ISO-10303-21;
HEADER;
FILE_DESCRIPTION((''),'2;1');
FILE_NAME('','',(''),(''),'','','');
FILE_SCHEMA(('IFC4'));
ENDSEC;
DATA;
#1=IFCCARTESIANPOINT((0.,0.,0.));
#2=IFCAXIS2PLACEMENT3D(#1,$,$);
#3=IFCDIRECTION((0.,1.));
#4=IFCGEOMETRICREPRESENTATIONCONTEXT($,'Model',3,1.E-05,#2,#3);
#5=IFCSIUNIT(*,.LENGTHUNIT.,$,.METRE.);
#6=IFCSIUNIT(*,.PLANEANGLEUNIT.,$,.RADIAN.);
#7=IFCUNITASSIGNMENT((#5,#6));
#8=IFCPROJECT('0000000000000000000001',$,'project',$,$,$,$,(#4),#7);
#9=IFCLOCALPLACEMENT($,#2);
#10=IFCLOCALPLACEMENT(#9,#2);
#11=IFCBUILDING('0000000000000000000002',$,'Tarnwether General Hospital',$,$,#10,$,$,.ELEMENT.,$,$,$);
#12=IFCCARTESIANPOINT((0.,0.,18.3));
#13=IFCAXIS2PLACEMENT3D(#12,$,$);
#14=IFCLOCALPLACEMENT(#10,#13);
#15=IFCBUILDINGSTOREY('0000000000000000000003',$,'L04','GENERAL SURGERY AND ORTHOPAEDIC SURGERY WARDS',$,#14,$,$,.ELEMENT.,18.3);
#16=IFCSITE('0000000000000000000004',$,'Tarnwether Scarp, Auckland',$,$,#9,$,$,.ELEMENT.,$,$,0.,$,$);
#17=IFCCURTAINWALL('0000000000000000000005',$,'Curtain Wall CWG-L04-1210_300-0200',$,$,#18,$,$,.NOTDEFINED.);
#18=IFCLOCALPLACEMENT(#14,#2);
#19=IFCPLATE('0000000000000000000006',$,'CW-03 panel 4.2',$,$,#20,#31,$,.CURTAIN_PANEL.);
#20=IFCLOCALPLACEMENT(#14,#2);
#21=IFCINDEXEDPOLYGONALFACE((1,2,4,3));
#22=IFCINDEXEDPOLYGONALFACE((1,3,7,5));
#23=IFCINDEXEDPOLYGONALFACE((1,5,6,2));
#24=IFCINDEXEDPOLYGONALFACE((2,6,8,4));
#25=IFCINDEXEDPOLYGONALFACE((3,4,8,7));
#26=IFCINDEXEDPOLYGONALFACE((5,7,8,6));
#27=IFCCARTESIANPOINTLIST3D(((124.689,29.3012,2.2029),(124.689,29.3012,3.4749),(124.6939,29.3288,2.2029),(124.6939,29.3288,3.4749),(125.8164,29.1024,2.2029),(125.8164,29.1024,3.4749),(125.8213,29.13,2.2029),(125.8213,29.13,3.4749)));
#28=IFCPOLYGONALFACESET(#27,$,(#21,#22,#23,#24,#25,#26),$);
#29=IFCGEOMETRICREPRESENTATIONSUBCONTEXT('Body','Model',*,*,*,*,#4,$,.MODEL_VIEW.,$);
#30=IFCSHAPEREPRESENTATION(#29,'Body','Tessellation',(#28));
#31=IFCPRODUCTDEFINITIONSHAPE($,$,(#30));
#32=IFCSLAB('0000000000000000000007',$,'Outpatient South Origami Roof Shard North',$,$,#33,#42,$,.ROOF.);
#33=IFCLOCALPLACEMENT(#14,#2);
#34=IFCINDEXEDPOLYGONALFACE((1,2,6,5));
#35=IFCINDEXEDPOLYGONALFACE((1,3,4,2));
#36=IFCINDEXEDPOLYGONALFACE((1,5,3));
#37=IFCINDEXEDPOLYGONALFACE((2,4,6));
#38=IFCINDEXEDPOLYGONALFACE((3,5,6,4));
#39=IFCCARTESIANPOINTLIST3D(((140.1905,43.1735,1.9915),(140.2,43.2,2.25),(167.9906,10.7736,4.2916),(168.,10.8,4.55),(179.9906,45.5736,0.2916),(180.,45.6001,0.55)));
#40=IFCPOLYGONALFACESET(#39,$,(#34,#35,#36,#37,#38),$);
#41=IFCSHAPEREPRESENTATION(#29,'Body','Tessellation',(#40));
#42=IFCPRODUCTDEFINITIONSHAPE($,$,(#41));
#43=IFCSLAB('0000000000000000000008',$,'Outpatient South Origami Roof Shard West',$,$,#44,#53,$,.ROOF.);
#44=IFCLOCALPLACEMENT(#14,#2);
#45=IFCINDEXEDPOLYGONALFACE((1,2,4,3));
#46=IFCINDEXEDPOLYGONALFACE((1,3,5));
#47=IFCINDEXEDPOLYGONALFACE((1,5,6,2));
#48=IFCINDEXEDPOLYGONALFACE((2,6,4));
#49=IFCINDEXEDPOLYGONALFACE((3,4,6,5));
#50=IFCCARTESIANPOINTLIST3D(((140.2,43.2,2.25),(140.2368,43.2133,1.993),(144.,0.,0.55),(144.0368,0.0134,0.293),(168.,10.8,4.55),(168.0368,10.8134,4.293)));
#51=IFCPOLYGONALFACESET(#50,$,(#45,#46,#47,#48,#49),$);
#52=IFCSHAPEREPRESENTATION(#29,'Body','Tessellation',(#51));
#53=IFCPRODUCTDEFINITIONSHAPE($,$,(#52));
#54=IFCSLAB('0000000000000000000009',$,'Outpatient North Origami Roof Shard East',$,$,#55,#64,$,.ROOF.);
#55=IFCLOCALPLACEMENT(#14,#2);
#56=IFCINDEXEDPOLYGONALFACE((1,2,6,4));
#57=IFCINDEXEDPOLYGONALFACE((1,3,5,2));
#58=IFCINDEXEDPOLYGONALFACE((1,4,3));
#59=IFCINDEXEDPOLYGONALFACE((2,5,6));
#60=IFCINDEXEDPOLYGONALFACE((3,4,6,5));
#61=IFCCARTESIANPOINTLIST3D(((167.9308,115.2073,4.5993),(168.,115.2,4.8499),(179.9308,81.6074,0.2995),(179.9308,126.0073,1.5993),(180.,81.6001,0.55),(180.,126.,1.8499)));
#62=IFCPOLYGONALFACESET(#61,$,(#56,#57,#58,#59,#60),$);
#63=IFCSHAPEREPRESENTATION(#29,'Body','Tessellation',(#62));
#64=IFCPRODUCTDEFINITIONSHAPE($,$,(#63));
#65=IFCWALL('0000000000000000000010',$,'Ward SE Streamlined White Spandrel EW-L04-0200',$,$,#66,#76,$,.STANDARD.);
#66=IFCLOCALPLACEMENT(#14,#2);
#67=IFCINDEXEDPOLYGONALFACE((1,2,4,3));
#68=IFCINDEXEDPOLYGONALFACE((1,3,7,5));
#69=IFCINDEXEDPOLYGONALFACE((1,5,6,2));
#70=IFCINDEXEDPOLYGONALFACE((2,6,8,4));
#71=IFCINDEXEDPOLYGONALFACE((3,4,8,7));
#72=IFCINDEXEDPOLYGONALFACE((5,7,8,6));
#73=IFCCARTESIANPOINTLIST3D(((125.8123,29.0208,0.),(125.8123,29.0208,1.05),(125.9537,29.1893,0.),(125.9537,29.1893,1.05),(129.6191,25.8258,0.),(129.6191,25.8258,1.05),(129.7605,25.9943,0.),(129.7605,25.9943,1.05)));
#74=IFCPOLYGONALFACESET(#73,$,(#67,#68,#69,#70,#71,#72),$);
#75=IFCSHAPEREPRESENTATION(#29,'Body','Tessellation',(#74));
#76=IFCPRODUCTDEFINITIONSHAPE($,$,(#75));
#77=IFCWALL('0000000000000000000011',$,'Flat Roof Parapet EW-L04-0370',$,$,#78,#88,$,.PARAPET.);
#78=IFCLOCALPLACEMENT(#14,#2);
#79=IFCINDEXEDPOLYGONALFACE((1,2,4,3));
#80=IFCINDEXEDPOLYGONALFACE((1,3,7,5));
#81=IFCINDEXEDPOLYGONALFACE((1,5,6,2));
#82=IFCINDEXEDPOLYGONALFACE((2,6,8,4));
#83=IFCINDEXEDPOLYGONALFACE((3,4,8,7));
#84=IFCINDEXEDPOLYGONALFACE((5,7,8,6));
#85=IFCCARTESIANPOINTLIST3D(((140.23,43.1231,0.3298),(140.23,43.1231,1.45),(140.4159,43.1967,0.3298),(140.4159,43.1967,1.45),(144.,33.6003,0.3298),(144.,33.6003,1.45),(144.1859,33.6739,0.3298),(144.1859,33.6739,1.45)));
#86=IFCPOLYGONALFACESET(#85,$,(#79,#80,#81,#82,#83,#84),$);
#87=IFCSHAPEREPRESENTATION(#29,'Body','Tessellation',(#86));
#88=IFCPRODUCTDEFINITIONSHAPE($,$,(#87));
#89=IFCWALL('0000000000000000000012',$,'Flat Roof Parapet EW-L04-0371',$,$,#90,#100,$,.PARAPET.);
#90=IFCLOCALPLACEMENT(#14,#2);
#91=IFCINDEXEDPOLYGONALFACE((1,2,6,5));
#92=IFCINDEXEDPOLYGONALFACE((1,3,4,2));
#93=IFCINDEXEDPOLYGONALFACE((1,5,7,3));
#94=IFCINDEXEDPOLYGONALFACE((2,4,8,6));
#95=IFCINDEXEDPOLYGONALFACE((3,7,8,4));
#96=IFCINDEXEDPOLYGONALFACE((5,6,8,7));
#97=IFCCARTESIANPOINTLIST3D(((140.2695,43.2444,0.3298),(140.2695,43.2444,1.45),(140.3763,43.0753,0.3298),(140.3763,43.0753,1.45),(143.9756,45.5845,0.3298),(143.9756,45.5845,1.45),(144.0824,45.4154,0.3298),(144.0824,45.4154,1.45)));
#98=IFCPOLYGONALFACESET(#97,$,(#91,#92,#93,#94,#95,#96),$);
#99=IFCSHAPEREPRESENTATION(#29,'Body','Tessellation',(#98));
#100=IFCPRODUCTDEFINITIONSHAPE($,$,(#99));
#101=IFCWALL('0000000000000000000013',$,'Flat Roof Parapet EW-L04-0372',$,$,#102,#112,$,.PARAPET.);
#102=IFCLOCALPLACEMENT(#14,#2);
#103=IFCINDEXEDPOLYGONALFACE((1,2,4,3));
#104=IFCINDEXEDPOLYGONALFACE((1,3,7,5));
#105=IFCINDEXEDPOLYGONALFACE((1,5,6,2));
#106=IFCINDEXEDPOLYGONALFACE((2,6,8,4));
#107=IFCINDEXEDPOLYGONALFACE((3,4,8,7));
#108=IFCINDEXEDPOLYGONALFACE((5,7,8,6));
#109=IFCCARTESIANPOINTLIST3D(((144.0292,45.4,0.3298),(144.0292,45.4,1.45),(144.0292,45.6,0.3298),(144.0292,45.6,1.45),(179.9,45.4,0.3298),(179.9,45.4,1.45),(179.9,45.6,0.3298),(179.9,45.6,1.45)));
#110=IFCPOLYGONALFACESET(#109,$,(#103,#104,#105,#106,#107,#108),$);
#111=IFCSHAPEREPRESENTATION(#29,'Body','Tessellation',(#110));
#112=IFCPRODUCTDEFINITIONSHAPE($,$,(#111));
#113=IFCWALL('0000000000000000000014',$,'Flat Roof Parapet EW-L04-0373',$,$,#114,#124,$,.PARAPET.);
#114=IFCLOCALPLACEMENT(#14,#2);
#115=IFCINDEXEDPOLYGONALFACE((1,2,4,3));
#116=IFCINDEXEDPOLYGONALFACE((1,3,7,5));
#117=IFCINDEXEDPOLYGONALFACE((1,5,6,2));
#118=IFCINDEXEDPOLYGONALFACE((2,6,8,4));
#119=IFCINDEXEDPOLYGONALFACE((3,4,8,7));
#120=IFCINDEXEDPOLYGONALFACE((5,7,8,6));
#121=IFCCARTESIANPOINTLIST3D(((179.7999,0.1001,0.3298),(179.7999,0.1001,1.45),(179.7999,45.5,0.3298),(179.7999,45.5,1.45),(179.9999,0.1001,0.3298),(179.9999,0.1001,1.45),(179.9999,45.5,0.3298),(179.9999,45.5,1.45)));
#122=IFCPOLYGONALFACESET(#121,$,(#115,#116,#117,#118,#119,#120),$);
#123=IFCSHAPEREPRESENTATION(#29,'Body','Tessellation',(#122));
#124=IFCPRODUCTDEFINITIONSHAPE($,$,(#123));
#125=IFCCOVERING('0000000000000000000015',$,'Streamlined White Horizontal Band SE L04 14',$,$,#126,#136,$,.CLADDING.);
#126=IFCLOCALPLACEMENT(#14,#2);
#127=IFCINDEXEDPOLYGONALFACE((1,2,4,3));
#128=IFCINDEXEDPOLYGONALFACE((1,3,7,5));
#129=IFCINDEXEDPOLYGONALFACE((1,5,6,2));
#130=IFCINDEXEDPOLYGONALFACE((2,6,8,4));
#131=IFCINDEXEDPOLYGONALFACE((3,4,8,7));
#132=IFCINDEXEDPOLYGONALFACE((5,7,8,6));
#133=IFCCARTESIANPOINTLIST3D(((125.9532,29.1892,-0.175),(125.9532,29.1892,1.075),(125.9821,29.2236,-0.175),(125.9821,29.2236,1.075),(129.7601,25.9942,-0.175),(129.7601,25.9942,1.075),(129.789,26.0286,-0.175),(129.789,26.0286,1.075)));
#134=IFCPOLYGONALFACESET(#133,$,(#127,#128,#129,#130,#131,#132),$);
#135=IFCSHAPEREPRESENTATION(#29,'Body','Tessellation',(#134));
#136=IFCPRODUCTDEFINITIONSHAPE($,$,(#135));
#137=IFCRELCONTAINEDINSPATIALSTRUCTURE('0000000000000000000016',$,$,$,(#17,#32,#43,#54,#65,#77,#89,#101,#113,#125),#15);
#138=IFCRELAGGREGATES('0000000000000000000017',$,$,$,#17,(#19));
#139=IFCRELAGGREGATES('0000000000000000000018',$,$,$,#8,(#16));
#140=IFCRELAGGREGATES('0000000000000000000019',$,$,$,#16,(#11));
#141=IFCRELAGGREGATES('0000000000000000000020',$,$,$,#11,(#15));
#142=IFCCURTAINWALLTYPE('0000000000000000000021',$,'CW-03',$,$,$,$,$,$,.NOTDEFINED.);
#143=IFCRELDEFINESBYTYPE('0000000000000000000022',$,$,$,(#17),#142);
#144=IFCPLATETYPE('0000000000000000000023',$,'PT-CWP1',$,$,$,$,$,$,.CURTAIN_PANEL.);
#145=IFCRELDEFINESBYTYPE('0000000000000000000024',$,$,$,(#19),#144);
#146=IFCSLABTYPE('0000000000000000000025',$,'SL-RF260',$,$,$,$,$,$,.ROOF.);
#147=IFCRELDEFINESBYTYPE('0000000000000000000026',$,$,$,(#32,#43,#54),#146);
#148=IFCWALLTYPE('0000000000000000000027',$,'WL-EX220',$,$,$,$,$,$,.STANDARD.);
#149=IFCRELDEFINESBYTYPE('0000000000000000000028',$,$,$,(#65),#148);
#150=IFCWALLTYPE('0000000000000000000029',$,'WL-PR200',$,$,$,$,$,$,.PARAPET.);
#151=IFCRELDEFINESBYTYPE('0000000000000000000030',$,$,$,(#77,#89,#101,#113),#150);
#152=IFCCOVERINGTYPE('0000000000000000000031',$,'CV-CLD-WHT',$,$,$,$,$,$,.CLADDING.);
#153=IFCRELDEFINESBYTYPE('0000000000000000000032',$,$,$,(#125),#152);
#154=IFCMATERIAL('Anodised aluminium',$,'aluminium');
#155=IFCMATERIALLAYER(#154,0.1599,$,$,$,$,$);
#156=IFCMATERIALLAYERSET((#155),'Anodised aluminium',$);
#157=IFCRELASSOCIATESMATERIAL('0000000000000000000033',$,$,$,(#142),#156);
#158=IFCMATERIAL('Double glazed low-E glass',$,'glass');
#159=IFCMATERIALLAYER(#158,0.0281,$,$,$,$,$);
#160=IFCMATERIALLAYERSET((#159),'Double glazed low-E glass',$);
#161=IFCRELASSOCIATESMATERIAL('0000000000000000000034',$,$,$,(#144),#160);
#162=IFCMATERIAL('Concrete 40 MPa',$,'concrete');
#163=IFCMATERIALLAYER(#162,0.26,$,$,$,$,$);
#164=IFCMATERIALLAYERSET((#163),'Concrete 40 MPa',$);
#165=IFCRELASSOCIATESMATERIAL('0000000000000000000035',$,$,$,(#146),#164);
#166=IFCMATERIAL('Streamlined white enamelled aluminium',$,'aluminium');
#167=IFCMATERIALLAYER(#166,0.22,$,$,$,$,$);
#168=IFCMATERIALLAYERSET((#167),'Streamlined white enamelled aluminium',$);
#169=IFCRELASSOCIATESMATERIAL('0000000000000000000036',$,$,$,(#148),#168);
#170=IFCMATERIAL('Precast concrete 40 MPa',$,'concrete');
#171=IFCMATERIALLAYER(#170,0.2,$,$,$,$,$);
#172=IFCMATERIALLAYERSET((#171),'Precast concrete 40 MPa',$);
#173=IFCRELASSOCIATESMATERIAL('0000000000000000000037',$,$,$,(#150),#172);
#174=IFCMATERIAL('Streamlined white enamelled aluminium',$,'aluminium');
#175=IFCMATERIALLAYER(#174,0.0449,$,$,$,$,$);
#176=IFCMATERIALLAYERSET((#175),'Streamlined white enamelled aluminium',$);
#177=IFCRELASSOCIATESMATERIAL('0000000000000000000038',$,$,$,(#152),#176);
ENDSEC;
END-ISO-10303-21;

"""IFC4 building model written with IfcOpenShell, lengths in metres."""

from ifc_helpers import new_model, si_unit, direction, frame, frame_2d, origin, origin_2d, place, context, subcontext, project, spatial, polyline, rectangle, outline, extrude, material, layer, layer_set, type_object, element, aggregate, save


model = new_model("IFC4")

# Units and contexts
model_context = context("Model", 3, precision=1e-05, world=origin(), true_north=direction((0.0, 1.0)))
body_context = subcontext(model_context, "Body", "Model", "MODEL_VIEW")
ifc_project = project(units=[si_unit("LENGTHUNIT", "METRE"), si_unit("PLANEANGLEUNIT", "RADIAN")], contexts=[model_context])

# Site, building, storey
site_placement = place(None, origin())
site = spatial("IfcSite", under=ifc_project, at=site_placement, Name="Tarnwether Scarp, Auckland", CompositionType="ELEMENT", RefElevation=0.0)
building_placement = place(site_placement, origin())
building = spatial("IfcBuilding", under=site, at=building_placement, Name="Tarnwether General Hospital", CompositionType="ELEMENT")
storey_placement = place(building_placement, frame((0.0, 0.0, 18.3)))
storey = spatial("IfcBuildingStorey", under=building, at=storey_placement, Name="L04", Description="GENERAL SURGERY AND ORTHOPAEDIC SURGERY WARDS", CompositionType="ELEMENT", Elevation=18.3)

# Shared definitions
ifc_material_1 = material(Name="Anodised aluminium", Category="aluminium")
ifc_layer_1 = layer(ifc_material_1, 0.1599)
ifc_layer_set_1 = layer_set([ifc_layer_1], Name="Anodised aluminium")
curtain_wall_type = type_object("IfcCurtainWallType", Name="CW-03", PredefinedType="NOTDEFINED", material=ifc_layer_set_1)

# Curtain wall
curtain_wall_1_placement = place(storey_placement, origin())
curtain_wall_1 = element("IfcCurtainWall", 1, at=curtain_wall_1_placement, inside=storey, type_object=curtain_wall_type, Name="Curtain Wall CWG-L04-1210_300-0200", PredefinedType="NOTDEFINED")

# Plate
ifc_material_2 = material(Name="Double glazed low-E glass", Category="glass")
ifc_layer_2 = layer(ifc_material_2, 0.0281)
ifc_layer_set_2 = layer_set([ifc_layer_2], Name="Double glazed low-E glass")
plate_type = type_object("IfcPlateType", Name="PT-CWP1", PredefinedType="CURTAIN_PANEL", material=ifc_layer_set_2)
plate_1_placement = place(storey_placement, frame((125.2551, 29.2156, 2.2029), z_axis=(0.0, 0.0, 1.0), x_axis=(0.984806, -0.173659, 0.0)))
plate_1 = element("IfcPlate", 2, at=plate_1_placement, type_object=plate_type, Name="CW-03 panel 4.2", PredefinedType="CURTAIN_PANEL", context=body_context, shape_type="SweptSolid", body=[
    extrude(rectangle(XDim=1.1448, YDim=0.0281, at=origin_2d()), origin(), (0.0, 0.0, 1.0), 1.272),
])
aggregate(curtain_wall_1, [plate_1])

# Slabs
ifc_material_3 = material(Name="Concrete 40 MPa", Category="concrete")
ifc_layer_3 = layer(ifc_material_3, 0.26)
ifc_layer_set_3 = layer_set([ifc_layer_3], Name="Concrete 40 MPa")
slab_type = type_object("IfcSlabType", Name="SL-RF260", PredefinedType="ROOF", material=ifc_layer_set_3)
slab_1_placement = place(storey_placement, frame((180.0, 45.6001, 0.55), z_axis=(0.036327, 0.101743, 0.994147), x_axis=(-0.997281, -0.060141, 0.042596)))
element("IfcSlab", 3, at=slab_1_placement, inside=storey, type_object=slab_type, Name="Outpatient South Origami Roof Shard North", PredefinedType="ROOF", context=body_context, shape_type="SweptSolid", body=[
    extrude(outline(polyline([(0.0, 0.0), (39.9086, 0.0), (14.2307, 34.1838), (0.0, 0.0)])), origin(), (0.0, 0.0, -1.0), 0.26),
])
slab_2_placement = place(storey_placement, frame((140.2, 43.2, 2.25), z_axis=(-0.141651, -0.051362, 0.988583), x_axis=(0.087559, -0.995389, -0.039169)))
element("IfcSlab", 4, at=slab_2_placement, inside=storey, type_object=slab_type, Name="Outpatient South Origami Roof Shard West", PredefinedType="ROOF", context=body_context, shape_type="SweptSolid", body=[
    extrude(outline(polyline([(0.0, 0.0), (43.4001, 0.0), (34.5945, 25.1218), (0.0, 0.0)])), origin(), (0.0, 0.0, -1.0), 0.26),
])
slab_3_placement = place(storey_placement, frame((180.0, 81.6001, 0.55), z_axis=(0.266258, -0.028206, 0.963489), x_axis=(0.0, 0.999572, 0.029262)))
element("IfcSlab", 5, at=slab_3_placement, inside=storey, type_object=slab_type, Name="Outpatient North Origami Roof Shard East", PredefinedType="ROOF", context=body_context, shape_type="SweptSolid", body=[
    extrude(outline(polyline([(0.0, 0.0), (44.4189, 0.0), (33.7113, 12.4494), (0.0, 0.0)])), origin(), (0.0, 0.0, -1.0), 0.26),
])

# Walls
ifc_material_4 = material(Name="Streamlined white enamelled aluminium", Category="aluminium")
ifc_layer_4 = layer(ifc_material_4, 0.22)
ifc_layer_set_4 = layer_set([ifc_layer_4], Name="Streamlined white enamelled aluminium")
wall_type_1 = type_object("IfcWallType", Name="WL-EX220", PredefinedType="STANDARD", material=ifc_layer_set_4)
wall_1_placement = place(storey_placement, frame((125.8831, 29.105, 0.0), z_axis=(0.0, 0.0, 1.0), x_axis=(0.765974, -0.642872, 0.0)))
element("IfcWall", 6, at=wall_1_placement, inside=storey, type_object=wall_type_1, Name="Ward SE Streamlined White Spandrel EW-L04-0200", PredefinedType="STANDARD", context=body_context, shape_type="SweptSolid", body=[
    extrude(rectangle(XDim=4.97, YDim=0.22, at=frame_2d((2.4849, 0.0))), origin(), (0.0, 0.0, 1.0), 1.05),
])
ifc_material_5 = material(Name="Precast concrete 40 MPa", Category="concrete")
ifc_layer_5 = layer(ifc_material_5, 0.2)
ifc_layer_set_5 = layer_set([ifc_layer_5], Name="Precast concrete 40 MPa")
wall_type_2 = type_object("IfcWallType", Name="WL-PR200", PredefinedType="PARAPET", material=ifc_layer_set_5)
wall_2_placement = place(storey_placement, frame((144.093, 33.637, 0.3298), z_axis=(0.0, 0.0, 1.0), x_axis=(-0.368092, 0.929789, 0.0)))
element("IfcWall", 7, at=wall_2_placement, inside=storey, type_object=wall_type_2, Name="Flat Roof Parapet EW-L04-0370", PredefinedType="PARAPET", context=body_context, shape_type="SweptSolid", body=[
    extrude(rectangle(XDim=10.2419, YDim=0.2, at=frame_2d((5.1211, 0.0))), origin(), (0.0, 0.0, 1.0), 1.1201),
])
wall_3_placement = place(storey_placement, frame((140.323, 43.1599, 0.3298), z_axis=(0.0, 0.0, 1.0), x_axis=(0.845548, 0.533899, 0.0)))
element("IfcWall", 8, at=wall_3_placement, inside=storey, type_object=wall_type_2, Name="Flat Roof Parapet EW-L04-0371", PredefinedType="PARAPET", context=body_context, shape_type="SweptSolid", body=[
    extrude(rectangle(XDim=4.3831, YDim=0.2, at=frame_2d((2.1914, 0.0))), origin(), (0.0, 0.0, 1.0), 1.1201),
])
wall_4_placement = place(storey_placement, frame((144.0291, 45.5, 0.3298), z_axis=(0.0, 0.0, 1.0), x_axis=(1.0, 0.0, 0.0)))
element("IfcWall", 9, at=wall_4_placement, inside=storey, type_object=wall_type_2, Name="Flat Roof Parapet EW-L04-0372", PredefinedType="PARAPET", context=body_context, shape_type="SweptSolid", body=[
    extrude(rectangle(XDim=35.8708, YDim=0.2, at=frame_2d((17.9355, 0.0))), origin(), (0.0, 0.0, 1.0), 1.1201),
])
wall_5_placement = place(storey_placement, frame((179.8999, 45.5, 0.3298), z_axis=(0.0, 0.0, 1.0), x_axis=(0.0, -1.0, 0.0)))
element("IfcWall", 10, at=wall_5_placement, inside=storey, type_object=wall_type_2, Name="Flat Roof Parapet EW-L04-0373", PredefinedType="PARAPET", context=body_context, shape_type="SweptSolid", body=[
    extrude(rectangle(XDim=45.3999, YDim=0.2, at=frame_2d((22.7, 0.0))), origin(), (0.0, 0.0, 1.0), 1.1201),
])

# Covering
ifc_material_6 = material(Name="Streamlined white enamelled aluminium", Category="aluminium")
ifc_layer_6 = layer(ifc_material_6, 0.0449)
ifc_layer_set_6 = layer_set([ifc_layer_6], Name="Streamlined white enamelled aluminium")
covering_type = type_object("IfcCoveringType", Name="CV-CLD-WHT", PredefinedType="CLADDING", material=ifc_layer_set_6)
covering_placement = place(storey_placement, frame((127.8711, 27.6089, -0.175), z_axis=(0.0, 0.0, 1.0), x_axis=(0.765988, -0.642854, 0.0)))
element("IfcCovering", 11, at=covering_placement, inside=storey, type_object=covering_type, Name="Streamlined White Horizontal Band SE L04 14", PredefinedType="CLADDING", context=body_context, shape_type="SweptSolid", body=[
    extrude(rectangle(XDim=4.97, YDim=0.0449, at=origin_2d()), origin(), (0.0, 0.0, 1.0), 1.25),
])

save(model, "model.ifc")
